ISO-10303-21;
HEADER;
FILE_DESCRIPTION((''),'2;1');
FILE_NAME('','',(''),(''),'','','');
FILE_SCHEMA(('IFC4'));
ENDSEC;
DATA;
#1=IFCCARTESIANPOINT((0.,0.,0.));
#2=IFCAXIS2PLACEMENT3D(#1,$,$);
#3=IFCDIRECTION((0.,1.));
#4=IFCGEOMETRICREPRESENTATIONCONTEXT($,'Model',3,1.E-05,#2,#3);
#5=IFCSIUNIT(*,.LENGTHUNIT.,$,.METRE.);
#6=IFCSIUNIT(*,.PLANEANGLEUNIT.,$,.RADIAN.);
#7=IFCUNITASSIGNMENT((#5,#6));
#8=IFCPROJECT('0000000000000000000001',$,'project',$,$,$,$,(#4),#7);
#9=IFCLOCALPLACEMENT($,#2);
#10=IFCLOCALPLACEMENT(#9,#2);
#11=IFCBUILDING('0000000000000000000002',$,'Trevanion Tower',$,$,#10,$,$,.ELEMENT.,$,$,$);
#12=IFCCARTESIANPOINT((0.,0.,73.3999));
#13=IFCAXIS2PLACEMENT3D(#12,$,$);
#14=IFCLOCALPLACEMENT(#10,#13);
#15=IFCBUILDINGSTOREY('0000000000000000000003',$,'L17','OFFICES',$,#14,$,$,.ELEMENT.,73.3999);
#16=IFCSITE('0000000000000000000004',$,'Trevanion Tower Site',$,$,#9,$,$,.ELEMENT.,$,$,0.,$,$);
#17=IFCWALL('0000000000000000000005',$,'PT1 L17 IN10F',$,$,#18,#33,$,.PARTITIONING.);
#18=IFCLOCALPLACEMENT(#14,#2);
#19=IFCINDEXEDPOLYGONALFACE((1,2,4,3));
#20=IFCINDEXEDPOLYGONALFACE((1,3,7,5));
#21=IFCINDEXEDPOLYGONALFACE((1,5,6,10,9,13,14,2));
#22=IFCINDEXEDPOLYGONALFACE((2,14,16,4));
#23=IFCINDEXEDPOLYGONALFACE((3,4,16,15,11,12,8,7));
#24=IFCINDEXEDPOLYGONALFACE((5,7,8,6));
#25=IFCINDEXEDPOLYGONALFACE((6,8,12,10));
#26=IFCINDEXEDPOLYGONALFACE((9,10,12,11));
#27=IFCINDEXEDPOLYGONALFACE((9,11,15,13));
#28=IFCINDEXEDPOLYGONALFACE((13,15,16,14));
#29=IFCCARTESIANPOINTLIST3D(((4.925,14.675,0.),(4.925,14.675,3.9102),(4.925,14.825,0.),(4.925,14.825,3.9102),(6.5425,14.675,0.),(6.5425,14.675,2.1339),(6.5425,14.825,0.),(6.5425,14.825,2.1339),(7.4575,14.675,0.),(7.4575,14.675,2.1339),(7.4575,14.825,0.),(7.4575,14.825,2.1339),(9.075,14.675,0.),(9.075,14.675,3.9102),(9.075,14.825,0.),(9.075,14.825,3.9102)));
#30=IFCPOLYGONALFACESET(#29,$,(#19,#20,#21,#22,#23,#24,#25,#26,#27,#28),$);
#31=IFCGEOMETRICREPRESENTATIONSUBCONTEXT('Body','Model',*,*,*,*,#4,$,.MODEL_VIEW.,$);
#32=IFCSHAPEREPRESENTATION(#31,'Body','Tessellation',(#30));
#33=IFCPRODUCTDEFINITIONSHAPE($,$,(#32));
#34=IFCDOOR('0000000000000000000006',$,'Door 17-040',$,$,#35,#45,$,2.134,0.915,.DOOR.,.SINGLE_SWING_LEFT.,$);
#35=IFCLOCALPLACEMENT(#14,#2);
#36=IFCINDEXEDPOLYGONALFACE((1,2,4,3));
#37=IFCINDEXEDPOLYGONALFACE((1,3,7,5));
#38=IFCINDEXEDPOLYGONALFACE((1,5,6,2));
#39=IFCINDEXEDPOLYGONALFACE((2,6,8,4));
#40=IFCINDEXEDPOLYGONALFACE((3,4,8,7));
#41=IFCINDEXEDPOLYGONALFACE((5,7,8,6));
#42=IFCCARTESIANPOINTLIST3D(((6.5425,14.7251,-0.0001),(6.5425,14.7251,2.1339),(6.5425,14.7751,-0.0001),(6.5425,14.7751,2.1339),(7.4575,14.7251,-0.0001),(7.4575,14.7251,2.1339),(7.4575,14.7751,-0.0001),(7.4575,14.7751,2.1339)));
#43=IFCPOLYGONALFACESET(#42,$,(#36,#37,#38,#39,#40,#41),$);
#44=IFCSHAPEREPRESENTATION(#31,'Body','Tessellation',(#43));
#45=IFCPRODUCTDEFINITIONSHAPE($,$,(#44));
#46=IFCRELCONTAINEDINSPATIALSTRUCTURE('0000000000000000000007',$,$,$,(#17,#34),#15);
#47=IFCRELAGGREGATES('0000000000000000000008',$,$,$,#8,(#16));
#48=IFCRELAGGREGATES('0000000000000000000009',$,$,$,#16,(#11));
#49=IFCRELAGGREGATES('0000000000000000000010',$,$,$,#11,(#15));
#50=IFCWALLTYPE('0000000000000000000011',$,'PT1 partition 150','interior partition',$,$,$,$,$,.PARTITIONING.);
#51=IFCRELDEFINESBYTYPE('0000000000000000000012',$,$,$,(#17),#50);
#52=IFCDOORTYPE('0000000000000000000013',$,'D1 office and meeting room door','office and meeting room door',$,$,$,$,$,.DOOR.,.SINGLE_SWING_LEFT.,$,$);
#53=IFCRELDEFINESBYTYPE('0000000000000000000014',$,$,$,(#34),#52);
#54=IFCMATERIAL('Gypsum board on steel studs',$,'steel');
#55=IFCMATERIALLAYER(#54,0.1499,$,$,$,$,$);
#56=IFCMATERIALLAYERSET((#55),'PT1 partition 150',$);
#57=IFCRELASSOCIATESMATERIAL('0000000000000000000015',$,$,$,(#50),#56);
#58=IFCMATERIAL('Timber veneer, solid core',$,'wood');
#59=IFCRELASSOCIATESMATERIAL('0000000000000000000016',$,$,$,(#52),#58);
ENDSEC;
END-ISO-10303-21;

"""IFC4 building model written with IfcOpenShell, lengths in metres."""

from ifc_helpers import new_model, si_unit, direction, frame, frame_2d, origin, place, context, subcontext, project, spatial, rectangle, extrude, material, layer, layer_set, type_object, element, fill, save


model = new_model("IFC4")

# Units and contexts
model_context = context("Model", 3, precision=1e-05, world=origin(), true_north=direction((0.0, 1.0)))
body_context = subcontext(model_context, "Body", "Model", "MODEL_VIEW")
ifc_project = project(units=[si_unit("LENGTHUNIT", "METRE"), si_unit("PLANEANGLEUNIT", "RADIAN")], contexts=[model_context])

# Site, building, storey
site_placement = place(None, origin())
site = spatial("IfcSite", under=ifc_project, at=site_placement, Name="Trevanion Tower Site", CompositionType="ELEMENT", RefElevation=0.0)
building_placement = place(site_placement, origin())
building = spatial("IfcBuilding", under=site, at=building_placement, Name="Trevanion Tower", CompositionType="ELEMENT")
storey_placement = place(building_placement, frame((0.0, 0.0, 73.3999)))
storey = spatial("IfcBuildingStorey", under=building, at=storey_placement, Name="L17", Description="OFFICES", CompositionType="ELEMENT", Elevation=73.3999)

# Shared definitions
ifc_material_1 = material(Name="Gypsum board on steel studs", Category="steel")
ifc_layer_1 = layer(ifc_material_1, 0.1499)
ifc_layer_set_1 = layer_set([ifc_layer_1], Name="PT1 partition 150")
wall_type = type_object("IfcWallType", Name="PT1 partition 150", Description="interior partition", PredefinedType="PARTITIONING", material=ifc_layer_set_1)
ifc_material_2 = material(Name="Timber veneer, solid core", Category="wood")
door_type = type_object("IfcDoorType", Name="D1 office and meeting room door", Description="office and meeting room door", OperationType="SINGLE_SWING_LEFT", PredefinedType="DOOR", material=ifc_material_2)

# Wall, opening, door
wall_1_placement = place(storey_placement, frame((9.075, 14.75, 0.0), z_axis=(0.0, 0.0, 1.0), x_axis=(-1.0, 0.0, 0.0)))
wall_1 = element("IfcWall", 1, at=wall_1_placement, inside=storey, type_object=wall_type, Name="PT1 L17 IN10F", PredefinedType="PARTITIONING", context=body_context, shape_type="SweptSolid", body=[
    extrude(rectangle(XDim=4.1499, YDim=0.1499, at=frame_2d((2.075, 0.0))), origin(), (0.0, 0.0, 1.0), 3.9102),
])
opening_1_placement = place(wall_1_placement, frame((1.6174, 0.0, 0.0)))
opening_1 = element("IfcOpeningElement", 2, at=opening_1_placement, cuts=wall_1, PredefinedType="OPENING", context=body_context, shape_type="SweptSolid", body=[
    extrude(rectangle(XDim=0.915, YDim=2.134, at=frame_2d((0.4575, 1.0669))), frame((0.0, 0.085, 0.0), z_axis=(0.0, -1.0, 0.0), x_axis=(1.0, 0.0, 0.0)), (0.0, 0.0, 1.0), 0.1699),
])
door_1_placement = place(opening_1_placement, origin())
door_1 = element("IfcDoor", 3, at=door_1_placement, inside=storey, type_object=door_type, Name="Door 17-040", OperationType="SINGLE_SWING_LEFT", OverallHeight=2.134, OverallWidth=0.915, PredefinedType="DOOR", context=body_context, shape_type="SweptSolid", body=[
    extrude(rectangle(XDim=0.915, YDim=2.134, at=frame_2d((0.4575, 1.0669))), frame((0.0, 0.0249, 0.0), z_axis=(0.0, -1.0, 0.0), x_axis=(1.0, 0.0, 0.0)), (0.0, 0.0, 1.0), 0.05),
])
fill(opening_1, door_1)

save(model, "model.ifc")
